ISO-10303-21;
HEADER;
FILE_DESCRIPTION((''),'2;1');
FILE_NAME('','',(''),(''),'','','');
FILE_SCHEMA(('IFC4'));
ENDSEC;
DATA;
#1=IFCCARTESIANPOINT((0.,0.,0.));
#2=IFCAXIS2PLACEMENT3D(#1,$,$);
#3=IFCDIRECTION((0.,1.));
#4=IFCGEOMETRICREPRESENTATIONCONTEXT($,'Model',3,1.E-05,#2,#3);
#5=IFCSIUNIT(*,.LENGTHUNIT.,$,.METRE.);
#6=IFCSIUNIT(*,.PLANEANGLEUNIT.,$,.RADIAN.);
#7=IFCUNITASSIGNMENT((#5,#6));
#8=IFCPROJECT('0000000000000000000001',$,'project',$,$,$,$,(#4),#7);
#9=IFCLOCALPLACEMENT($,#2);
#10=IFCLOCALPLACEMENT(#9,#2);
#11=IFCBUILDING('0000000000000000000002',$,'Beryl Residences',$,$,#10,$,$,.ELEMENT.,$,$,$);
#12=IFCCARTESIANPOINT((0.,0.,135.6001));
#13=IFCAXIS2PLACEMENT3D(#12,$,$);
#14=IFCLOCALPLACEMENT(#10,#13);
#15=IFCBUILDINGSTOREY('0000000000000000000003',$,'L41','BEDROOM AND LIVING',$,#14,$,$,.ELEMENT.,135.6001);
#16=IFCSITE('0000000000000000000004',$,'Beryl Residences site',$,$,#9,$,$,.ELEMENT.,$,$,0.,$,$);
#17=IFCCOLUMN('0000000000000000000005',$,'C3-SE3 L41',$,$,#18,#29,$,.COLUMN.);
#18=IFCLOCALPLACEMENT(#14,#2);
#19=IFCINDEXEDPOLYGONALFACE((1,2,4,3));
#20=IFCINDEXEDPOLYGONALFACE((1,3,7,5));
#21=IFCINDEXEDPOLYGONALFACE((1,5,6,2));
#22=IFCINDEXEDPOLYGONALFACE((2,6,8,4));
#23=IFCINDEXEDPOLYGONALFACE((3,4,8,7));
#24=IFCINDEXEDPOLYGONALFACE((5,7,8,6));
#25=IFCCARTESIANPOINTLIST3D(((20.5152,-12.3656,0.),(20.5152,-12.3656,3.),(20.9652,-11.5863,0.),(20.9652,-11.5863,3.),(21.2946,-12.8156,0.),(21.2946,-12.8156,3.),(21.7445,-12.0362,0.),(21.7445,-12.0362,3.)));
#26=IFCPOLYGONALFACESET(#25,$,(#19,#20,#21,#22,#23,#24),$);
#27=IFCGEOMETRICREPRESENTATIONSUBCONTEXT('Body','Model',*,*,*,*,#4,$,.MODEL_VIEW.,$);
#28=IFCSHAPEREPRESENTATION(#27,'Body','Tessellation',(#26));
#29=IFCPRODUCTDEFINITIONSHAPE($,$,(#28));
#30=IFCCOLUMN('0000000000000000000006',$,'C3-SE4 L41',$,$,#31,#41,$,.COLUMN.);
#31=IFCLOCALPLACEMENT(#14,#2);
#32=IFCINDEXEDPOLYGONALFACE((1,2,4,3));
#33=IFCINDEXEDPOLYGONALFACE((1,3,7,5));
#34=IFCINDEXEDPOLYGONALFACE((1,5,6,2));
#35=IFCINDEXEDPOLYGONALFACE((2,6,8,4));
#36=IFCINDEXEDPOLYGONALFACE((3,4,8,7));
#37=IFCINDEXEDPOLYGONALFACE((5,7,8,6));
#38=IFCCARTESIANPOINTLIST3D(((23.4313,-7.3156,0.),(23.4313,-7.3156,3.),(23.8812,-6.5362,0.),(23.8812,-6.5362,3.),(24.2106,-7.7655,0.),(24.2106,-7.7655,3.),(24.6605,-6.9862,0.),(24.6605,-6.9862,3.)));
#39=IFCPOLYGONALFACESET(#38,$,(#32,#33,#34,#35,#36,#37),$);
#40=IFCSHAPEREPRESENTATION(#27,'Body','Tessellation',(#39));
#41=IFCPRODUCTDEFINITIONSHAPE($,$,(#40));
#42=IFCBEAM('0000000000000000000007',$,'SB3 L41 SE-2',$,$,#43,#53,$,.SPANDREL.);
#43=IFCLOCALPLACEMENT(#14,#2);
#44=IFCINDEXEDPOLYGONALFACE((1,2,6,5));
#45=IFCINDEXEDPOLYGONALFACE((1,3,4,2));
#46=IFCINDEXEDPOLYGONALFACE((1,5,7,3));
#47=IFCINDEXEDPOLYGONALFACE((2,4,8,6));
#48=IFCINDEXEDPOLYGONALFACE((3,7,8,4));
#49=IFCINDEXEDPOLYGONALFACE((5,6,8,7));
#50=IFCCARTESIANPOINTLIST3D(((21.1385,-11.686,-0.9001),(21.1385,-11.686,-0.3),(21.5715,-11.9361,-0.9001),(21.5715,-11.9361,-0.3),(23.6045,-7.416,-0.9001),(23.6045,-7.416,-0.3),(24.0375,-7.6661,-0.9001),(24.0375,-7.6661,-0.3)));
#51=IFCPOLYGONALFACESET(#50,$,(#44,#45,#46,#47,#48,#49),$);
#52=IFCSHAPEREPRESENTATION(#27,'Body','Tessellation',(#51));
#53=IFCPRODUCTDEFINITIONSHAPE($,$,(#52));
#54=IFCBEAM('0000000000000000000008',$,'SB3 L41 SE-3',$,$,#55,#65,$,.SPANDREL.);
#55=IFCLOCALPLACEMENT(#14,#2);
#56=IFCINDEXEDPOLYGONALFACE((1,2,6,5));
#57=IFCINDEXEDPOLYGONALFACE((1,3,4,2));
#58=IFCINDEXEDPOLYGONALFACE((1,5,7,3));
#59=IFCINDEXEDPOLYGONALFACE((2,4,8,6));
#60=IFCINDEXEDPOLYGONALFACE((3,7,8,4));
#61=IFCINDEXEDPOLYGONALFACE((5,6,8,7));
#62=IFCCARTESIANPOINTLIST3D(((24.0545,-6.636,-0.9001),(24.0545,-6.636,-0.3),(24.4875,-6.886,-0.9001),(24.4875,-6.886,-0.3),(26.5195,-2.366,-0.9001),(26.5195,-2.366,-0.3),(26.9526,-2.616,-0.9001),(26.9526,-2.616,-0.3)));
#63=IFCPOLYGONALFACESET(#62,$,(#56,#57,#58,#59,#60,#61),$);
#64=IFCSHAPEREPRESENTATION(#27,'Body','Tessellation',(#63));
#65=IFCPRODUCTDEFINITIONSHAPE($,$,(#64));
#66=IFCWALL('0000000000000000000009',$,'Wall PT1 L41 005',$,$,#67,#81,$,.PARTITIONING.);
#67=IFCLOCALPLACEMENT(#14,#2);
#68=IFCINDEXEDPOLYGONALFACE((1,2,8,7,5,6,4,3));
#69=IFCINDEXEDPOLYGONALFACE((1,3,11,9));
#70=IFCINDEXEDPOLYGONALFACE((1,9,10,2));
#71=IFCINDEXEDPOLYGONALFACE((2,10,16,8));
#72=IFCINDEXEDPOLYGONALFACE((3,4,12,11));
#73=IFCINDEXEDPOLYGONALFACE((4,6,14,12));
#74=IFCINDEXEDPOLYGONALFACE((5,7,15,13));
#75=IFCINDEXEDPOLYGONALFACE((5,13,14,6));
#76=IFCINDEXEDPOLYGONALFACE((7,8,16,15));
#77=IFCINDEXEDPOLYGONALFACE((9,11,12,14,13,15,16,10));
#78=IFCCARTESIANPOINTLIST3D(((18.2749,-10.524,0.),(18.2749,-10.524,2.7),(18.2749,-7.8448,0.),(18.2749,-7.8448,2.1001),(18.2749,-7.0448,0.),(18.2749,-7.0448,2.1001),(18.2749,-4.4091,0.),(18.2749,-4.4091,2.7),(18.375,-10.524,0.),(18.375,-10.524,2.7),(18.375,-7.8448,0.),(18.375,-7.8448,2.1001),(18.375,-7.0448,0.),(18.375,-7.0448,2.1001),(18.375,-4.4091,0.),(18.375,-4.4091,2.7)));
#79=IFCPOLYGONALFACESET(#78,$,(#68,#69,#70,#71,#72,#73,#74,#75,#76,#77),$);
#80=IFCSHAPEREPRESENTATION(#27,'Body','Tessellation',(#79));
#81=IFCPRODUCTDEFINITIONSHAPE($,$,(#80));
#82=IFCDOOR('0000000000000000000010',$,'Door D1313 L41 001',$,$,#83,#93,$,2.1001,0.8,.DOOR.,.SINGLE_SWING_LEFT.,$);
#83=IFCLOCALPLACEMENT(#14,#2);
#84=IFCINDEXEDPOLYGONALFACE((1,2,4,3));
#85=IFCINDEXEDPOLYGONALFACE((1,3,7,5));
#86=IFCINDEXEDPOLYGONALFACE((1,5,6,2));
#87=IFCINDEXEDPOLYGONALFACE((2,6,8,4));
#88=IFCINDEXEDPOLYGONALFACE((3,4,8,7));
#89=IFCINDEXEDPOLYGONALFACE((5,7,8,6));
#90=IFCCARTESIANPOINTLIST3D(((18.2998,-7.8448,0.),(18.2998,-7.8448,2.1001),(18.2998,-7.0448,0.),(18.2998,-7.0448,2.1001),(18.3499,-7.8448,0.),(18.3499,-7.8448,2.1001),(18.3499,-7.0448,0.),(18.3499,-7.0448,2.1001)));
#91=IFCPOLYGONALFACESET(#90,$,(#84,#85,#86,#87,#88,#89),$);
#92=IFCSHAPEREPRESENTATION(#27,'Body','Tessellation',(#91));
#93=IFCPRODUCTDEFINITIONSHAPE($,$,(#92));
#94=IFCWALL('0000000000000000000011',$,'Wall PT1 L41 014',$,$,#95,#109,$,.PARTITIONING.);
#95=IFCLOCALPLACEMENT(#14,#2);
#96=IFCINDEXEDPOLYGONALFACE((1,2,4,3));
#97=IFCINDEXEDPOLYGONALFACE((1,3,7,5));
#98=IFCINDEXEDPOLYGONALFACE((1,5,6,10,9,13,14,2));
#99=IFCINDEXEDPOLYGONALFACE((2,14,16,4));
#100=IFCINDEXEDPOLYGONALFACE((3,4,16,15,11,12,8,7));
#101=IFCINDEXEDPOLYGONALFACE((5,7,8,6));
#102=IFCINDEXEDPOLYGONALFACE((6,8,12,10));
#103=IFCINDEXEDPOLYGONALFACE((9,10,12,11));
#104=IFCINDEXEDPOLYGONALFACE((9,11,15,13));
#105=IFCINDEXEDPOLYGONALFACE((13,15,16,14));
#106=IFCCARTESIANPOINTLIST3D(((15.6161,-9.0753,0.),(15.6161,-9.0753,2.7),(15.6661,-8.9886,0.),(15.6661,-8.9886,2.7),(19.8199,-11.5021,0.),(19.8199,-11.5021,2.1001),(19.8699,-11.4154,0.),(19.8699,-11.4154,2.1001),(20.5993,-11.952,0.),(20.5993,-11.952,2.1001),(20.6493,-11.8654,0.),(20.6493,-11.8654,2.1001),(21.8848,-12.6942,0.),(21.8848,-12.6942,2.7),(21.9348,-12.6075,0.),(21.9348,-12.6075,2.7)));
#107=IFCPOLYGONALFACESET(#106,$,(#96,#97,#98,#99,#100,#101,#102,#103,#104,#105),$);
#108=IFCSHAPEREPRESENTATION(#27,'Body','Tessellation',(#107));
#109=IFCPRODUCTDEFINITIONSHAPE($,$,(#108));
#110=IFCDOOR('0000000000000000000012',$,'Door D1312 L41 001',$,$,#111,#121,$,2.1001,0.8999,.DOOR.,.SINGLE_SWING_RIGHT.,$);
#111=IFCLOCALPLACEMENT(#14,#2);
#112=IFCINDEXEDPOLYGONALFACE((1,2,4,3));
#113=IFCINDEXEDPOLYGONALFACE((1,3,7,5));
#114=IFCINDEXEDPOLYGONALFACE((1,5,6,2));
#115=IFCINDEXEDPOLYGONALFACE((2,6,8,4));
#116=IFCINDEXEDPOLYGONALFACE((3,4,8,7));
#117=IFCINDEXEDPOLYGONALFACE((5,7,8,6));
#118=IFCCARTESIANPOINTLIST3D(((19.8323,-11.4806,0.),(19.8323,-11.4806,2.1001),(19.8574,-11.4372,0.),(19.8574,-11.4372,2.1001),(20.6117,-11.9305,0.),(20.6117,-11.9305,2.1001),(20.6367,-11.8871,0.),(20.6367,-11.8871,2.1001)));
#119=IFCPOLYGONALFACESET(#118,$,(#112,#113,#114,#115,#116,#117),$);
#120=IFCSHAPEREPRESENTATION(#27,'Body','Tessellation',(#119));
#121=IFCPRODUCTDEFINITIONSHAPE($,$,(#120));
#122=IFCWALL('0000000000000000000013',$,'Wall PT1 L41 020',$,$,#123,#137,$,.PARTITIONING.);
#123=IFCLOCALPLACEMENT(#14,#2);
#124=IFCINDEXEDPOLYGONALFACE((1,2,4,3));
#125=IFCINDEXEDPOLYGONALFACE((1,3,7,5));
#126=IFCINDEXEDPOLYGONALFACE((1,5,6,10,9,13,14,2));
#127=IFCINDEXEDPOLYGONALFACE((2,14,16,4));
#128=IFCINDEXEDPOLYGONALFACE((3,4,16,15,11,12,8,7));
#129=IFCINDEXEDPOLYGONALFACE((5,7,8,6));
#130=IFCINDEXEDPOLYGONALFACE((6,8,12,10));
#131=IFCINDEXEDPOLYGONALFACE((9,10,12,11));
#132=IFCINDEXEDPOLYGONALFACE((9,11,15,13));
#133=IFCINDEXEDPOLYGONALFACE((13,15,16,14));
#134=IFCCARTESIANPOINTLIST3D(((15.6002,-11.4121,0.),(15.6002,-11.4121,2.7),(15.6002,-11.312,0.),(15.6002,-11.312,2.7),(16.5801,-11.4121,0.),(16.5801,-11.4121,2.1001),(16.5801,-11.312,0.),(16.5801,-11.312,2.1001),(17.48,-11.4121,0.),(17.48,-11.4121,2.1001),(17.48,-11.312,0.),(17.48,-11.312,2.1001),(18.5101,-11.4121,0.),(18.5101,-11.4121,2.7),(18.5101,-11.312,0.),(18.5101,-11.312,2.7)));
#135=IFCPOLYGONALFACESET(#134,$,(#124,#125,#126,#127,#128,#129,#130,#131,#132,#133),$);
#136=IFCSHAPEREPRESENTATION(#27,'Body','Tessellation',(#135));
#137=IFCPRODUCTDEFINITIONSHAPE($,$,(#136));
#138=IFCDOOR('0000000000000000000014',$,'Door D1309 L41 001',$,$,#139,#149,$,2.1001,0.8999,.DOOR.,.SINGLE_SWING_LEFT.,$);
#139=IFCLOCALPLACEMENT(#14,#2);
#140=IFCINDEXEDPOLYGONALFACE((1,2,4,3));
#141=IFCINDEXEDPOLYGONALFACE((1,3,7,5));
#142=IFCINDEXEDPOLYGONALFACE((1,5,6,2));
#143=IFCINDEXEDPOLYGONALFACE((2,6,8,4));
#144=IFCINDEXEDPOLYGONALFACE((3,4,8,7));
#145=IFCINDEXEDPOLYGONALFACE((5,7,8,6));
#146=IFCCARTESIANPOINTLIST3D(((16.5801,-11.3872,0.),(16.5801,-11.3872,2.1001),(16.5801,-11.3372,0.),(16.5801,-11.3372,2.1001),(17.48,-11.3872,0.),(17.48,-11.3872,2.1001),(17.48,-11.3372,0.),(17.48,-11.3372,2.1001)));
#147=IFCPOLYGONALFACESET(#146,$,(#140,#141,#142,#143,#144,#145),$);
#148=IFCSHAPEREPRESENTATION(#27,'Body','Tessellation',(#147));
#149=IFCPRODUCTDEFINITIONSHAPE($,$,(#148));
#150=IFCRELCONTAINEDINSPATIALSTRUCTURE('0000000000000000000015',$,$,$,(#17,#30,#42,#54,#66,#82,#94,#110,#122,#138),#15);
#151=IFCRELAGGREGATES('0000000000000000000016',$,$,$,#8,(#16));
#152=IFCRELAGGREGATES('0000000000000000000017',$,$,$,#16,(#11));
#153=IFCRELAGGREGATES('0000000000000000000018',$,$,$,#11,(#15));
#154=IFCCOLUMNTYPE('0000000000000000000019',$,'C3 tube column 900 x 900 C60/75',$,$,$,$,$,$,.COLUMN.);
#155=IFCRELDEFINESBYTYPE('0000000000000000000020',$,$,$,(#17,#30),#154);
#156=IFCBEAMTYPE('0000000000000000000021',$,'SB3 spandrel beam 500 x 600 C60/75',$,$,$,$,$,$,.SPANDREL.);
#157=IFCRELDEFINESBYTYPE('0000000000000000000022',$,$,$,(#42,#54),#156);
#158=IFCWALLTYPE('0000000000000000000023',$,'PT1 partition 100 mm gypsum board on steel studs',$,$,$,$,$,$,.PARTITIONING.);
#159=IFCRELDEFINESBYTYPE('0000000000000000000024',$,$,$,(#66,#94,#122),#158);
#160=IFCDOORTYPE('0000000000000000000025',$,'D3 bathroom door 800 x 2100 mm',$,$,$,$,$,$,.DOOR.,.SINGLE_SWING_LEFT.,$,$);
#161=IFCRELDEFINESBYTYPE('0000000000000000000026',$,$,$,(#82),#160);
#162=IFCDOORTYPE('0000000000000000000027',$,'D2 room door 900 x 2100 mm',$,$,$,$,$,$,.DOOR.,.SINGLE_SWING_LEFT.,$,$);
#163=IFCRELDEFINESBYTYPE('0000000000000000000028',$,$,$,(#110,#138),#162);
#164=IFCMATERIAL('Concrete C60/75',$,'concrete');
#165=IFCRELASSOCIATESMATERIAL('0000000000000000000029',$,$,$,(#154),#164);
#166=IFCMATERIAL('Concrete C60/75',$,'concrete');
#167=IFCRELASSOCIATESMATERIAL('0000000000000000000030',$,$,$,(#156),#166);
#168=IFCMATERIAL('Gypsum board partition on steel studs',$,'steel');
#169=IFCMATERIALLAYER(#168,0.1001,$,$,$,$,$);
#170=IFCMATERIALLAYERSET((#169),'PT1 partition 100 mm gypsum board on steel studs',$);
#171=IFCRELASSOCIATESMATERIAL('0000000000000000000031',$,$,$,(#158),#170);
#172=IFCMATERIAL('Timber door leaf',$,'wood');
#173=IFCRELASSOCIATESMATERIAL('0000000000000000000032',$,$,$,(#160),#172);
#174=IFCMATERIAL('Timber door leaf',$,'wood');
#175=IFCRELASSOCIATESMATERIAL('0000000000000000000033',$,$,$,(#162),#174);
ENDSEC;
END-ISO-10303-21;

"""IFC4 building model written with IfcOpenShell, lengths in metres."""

from ifc_helpers import new_model, si_unit, direction, frame, frame_2d, origin, origin_2d, place, context, subcontext, project, spatial, rectangle, extrude, material, layer, layer_set, material_profile, profile_set, type_object, element, fill, save


model = new_model("IFC4")

# Units and contexts
model_context = context("Model", 3, precision=1e-05, world=origin(), true_north=direction((0.0, 1.0)))
body_context = subcontext(model_context, "Body", "Model", "MODEL_VIEW")
ifc_project = project(units=[si_unit("LENGTHUNIT", "METRE"), si_unit("PLANEANGLEUNIT", "RADIAN")], contexts=[model_context])

# Site, building, storey
site_placement = place(None, origin())
site = spatial("IfcSite", under=ifc_project, at=site_placement, Name="Beryl Residences site", CompositionType="ELEMENT", RefElevation=0.0)
building_placement = place(site_placement, origin())
building = spatial("IfcBuilding", under=site, at=building_placement, Name="Beryl Residences", CompositionType="ELEMENT")
storey_placement = place(building_placement, frame((0.0, 0.0, 135.6001)))
storey = spatial("IfcBuildingStorey", under=building, at=storey_placement, Name="L41", Description="BEDROOM AND LIVING", CompositionType="ELEMENT", Elevation=135.6001)

# Columns
ifc_material_1 = material(Name="Concrete C60/75", Category="concrete")
ifc_material_profile_1 = material_profile(ifc_material_1, rectangle(XDim=0.8999, YDim=0.8999, at=origin_2d()))
ifc_profile_set_1 = profile_set([ifc_material_profile_1], Name="Concrete C60/75")
column_type = type_object("IfcColumnType", Name="C3 tube column 900 x 900 C60/75", PredefinedType="COLUMN", material=ifc_profile_set_1)
for number, where, z_axis, x_axis, name in (
    (1, (21.1299, -12.2009, 0.0), (0.0, 0.0, 1.0), (0.5, 0.866025, 0.0), "C3-SE3 L41"),
    (2, (24.0459, -7.1509, 0.0), (0.0, 0.0, 1.0), (0.5, 0.866025, 0.0), "C3-SE4 L41"),
):
    element("IfcColumn", number, at=place(storey_placement, frame(where, z_axis=z_axis, x_axis=x_axis)), inside=storey, type_object=column_type, Name=name, PredefinedType="COLUMN", context=body_context, shape_type="SweptSolid", body=[
        extrude(rectangle(XDim=0.8999, YDim=0.8999, at=origin_2d()), origin(), (0.0, 0.0, 1.0), 3.0),
    ])

# Beams
ifc_material_2 = material(Name="Concrete C60/75", Category="concrete")
ifc_material_profile_2 = material_profile(ifc_material_2, rectangle(XDim=0.5, YDim=0.6001, at=origin_2d()))
ifc_profile_set_2 = profile_set([ifc_material_profile_2], Name="Concrete C60/75")
beam_type = type_object("IfcBeamType", Name="SB3 spandrel beam 500 x 600 C60/75", PredefinedType="SPANDREL", material=ifc_profile_set_2)
beam_1_placement = place(storey_placement, frame((21.355, -11.811, -0.6001), z_axis=(0.500117, 0.865958, 0.0), x_axis=(-0.865958, 0.500117, 0.0)))
element("IfcBeam", 3, at=beam_1_placement, inside=storey, type_object=beam_type, Name="SB3 L41 SE-2", PredefinedType="SPANDREL", context=body_context, shape_type="SweptSolid", body=[
    extrude(rectangle(XDim=0.5, YDim=0.6001, at=origin_2d()), origin(), (0.0, 0.0, 1.0), 4.9309),
])
beam_2_placement = place(storey_placement, frame((24.271, -6.761, -0.6001), z_axis=(0.499968, 0.866044, 0.0), x_axis=(-0.866044, 0.499968, 0.0)))
element("IfcBeam", 4, at=beam_2_placement, inside=storey, type_object=beam_type, Name="SB3 L41 SE-3", PredefinedType="SPANDREL", context=body_context, shape_type="SweptSolid", body=[
    extrude(rectangle(XDim=0.5, YDim=0.6001, at=origin_2d()), origin(), (0.0, 0.0, 1.0), 4.9304),
])

# Walls, openings, doors
ifc_material_3 = material(Name="Gypsum board partition on steel studs", Category="steel")
ifc_layer_1 = layer(ifc_material_3, 0.1001)
ifc_layer_set_1 = layer_set([ifc_layer_1], Name="PT1 partition 100 mm gypsum board on steel studs")
wall_type_1 = type_object("IfcWallType", Name="PT1 partition 100 mm gypsum board on steel studs", PredefinedType="PARTITIONING", material=ifc_layer_set_1)
wall_1_placement = place(storey_placement, frame((18.325, -4.4089, 0.0), z_axis=(0.0, 0.0, 1.0), x_axis=(0.0, -1.0, 0.0)))
wall_1 = element("IfcWall", 5, at=wall_1_placement, inside=storey, type_object=wall_type_1, Name="Wall PT1 L41 005", PredefinedType="PARTITIONING", context=body_context, shape_type="SweptSolid", body=[
    extrude(rectangle(XDim=6.115, YDim=0.1001, at=frame_2d((3.0576, 0.0))), origin(), (0.0, 0.0, 1.0), 2.7),
])
opening_1_placement = place(wall_1_placement, frame((2.636, 0.0, 0.0)))
opening_1 = element("IfcOpeningElement", 6, at=opening_1_placement, cuts=wall_1, PredefinedType="OPENING", context=body_context, shape_type="SweptSolid", body=[
    extrude(rectangle(XDim=0.8, YDim=2.1001, at=frame_2d((0.3999, 1.05))), frame((0.0, 0.0601, 0.0), z_axis=(0.0, -1.0, 0.0), x_axis=(1.0, 0.0, 0.0)), (0.0, 0.0, 1.0), 0.1201),
])
ifc_material_4 = material(Name="Timber door leaf", Category="wood")
door_type_1 = type_object("IfcDoorType", Name="D3 bathroom door 800 x 2100 mm", OperationType="SINGLE_SWING_LEFT", PredefinedType="DOOR", material=ifc_material_4)
door_1_placement = place(opening_1_placement, origin())
door_1 = element("IfcDoor", 7, at=door_1_placement, inside=storey, type_object=door_type_1, Name="Door D1313 L41 001", OperationType="SINGLE_SWING_LEFT", OverallHeight=2.1001, OverallWidth=0.8, PredefinedType="DOOR", context=body_context, shape_type="SweptSolid", body=[
    extrude(rectangle(XDim=0.8, YDim=2.1001, at=frame_2d((0.3999, 1.05))), frame((0.0, 0.0249, 0.0), z_axis=(0.0, -1.0, 0.0), x_axis=(1.0, 0.0, 0.0)), (0.0, 0.0, 1.0), 0.05),
])
fill(opening_1, door_1)
wall_2_placement = place(storey_placement, frame((15.6411, -9.032, 0.0), z_axis=(0.0, 0.0, 1.0), x_axis=(0.866049, -0.499959, 0.0)))
wall_2 = element("IfcWall", 8, at=wall_2_placement, inside=storey, type_object=wall_type_1, Name="Wall PT1 L41 014", PredefinedType="PARTITIONING", context=body_context, shape_type="SweptSolid", body=[
    extrude(rectangle(XDim=7.2383, YDim=0.1001, at=frame_2d((3.6191, 0.0))), origin(), (0.0, 0.0, 1.0), 2.7),
])
opening_2_placement = place(wall_2_placement, frame((4.854, 0.0, 0.0)))
opening_2 = element("IfcOpeningElement", 9, at=opening_2_placement, cuts=wall_2, PredefinedType="OPENING", context=body_context, shape_type="SweptSolid", body=[
    extrude(rectangle(XDim=0.8999, YDim=2.1001, at=frame_2d((0.45, 1.05))), frame((0.0, 0.0601, 0.0), z_axis=(0.0, -1.0, 0.0), x_axis=(1.0, 0.0, 0.0)), (0.0, 0.0, 1.0), 0.1201),
])
ifc_material_5 = material(Name="Timber door leaf", Category="wood")
door_type_2 = type_object("IfcDoorType", Name="D2 room door 900 x 2100 mm", OperationType="SINGLE_SWING_LEFT", PredefinedType="DOOR", material=ifc_material_5)
door_2_placement = place(opening_2_placement, origin())
door_2 = element("IfcDoor", 10, at=door_2_placement, inside=storey, type_object=door_type_2, Name="Door D1312 L41 001", OperationType="SINGLE_SWING_RIGHT", OverallHeight=2.1001, OverallWidth=0.8999, PredefinedType="DOOR", context=body_context, shape_type="SweptSolid", body=[
    extrude(rectangle(XDim=0.8999, YDim=2.1001, at=frame_2d((0.45, 1.05))), frame((0.0, 0.0249, 0.0), z_axis=(0.0, -1.0, 0.0), x_axis=(1.0, 0.0, 0.0)), (0.0, 0.0, 1.0), 0.05),
])
fill(opening_2, door_2)
wall_3_placement = place(storey_placement, frame((15.6001, -11.3621, 0.0), z_axis=(0.0, 0.0, 1.0), x_axis=(1.0, 0.0, 0.0)))
wall_3 = element("IfcWall", 11, at=wall_3_placement, inside=storey, type_object=wall_type_1, Name="Wall PT1 L41 020", PredefinedType="PARTITIONING", context=body_context, shape_type="SweptSolid", body=[
    extrude(rectangle(XDim=2.9099, YDim=0.1001, at=frame_2d((1.4551, 0.0))), origin(), (0.0, 0.0, 1.0), 2.7),
])
opening_3_placement = place(wall_3_placement, frame((0.98, 0.0, 0.0)))
opening_3 = element("IfcOpeningElement", 12, at=opening_3_placement, cuts=wall_3, PredefinedType="OPENING", context=body_context, shape_type="SweptSolid", body=[
    extrude(rectangle(XDim=0.8999, YDim=2.1001, at=frame_2d((0.45, 1.05))), frame((0.0, 0.0601, 0.0), z_axis=(0.0, -1.0, 0.0), x_axis=(1.0, 0.0, 0.0)), (0.0, 0.0, 1.0), 0.1201),
])
door_3_placement = place(opening_3_placement, origin())
door_3 = element("IfcDoor", 13, at=door_3_placement, inside=storey, type_object=door_type_2, Name="Door D1309 L41 001", OperationType="SINGLE_SWING_LEFT", OverallHeight=2.1001, OverallWidth=0.8999, PredefinedType="DOOR", context=body_context, shape_type="SweptSolid", body=[
    extrude(rectangle(XDim=0.8999, YDim=2.1001, at=frame_2d((0.45, 1.05))), frame((0.0, 0.0249, 0.0), z_axis=(0.0, -1.0, 0.0), x_axis=(1.0, 0.0, 0.0)), (0.0, 0.0, 1.0), 0.05),
])
fill(opening_3, door_3)

save(model, "model.ifc")
